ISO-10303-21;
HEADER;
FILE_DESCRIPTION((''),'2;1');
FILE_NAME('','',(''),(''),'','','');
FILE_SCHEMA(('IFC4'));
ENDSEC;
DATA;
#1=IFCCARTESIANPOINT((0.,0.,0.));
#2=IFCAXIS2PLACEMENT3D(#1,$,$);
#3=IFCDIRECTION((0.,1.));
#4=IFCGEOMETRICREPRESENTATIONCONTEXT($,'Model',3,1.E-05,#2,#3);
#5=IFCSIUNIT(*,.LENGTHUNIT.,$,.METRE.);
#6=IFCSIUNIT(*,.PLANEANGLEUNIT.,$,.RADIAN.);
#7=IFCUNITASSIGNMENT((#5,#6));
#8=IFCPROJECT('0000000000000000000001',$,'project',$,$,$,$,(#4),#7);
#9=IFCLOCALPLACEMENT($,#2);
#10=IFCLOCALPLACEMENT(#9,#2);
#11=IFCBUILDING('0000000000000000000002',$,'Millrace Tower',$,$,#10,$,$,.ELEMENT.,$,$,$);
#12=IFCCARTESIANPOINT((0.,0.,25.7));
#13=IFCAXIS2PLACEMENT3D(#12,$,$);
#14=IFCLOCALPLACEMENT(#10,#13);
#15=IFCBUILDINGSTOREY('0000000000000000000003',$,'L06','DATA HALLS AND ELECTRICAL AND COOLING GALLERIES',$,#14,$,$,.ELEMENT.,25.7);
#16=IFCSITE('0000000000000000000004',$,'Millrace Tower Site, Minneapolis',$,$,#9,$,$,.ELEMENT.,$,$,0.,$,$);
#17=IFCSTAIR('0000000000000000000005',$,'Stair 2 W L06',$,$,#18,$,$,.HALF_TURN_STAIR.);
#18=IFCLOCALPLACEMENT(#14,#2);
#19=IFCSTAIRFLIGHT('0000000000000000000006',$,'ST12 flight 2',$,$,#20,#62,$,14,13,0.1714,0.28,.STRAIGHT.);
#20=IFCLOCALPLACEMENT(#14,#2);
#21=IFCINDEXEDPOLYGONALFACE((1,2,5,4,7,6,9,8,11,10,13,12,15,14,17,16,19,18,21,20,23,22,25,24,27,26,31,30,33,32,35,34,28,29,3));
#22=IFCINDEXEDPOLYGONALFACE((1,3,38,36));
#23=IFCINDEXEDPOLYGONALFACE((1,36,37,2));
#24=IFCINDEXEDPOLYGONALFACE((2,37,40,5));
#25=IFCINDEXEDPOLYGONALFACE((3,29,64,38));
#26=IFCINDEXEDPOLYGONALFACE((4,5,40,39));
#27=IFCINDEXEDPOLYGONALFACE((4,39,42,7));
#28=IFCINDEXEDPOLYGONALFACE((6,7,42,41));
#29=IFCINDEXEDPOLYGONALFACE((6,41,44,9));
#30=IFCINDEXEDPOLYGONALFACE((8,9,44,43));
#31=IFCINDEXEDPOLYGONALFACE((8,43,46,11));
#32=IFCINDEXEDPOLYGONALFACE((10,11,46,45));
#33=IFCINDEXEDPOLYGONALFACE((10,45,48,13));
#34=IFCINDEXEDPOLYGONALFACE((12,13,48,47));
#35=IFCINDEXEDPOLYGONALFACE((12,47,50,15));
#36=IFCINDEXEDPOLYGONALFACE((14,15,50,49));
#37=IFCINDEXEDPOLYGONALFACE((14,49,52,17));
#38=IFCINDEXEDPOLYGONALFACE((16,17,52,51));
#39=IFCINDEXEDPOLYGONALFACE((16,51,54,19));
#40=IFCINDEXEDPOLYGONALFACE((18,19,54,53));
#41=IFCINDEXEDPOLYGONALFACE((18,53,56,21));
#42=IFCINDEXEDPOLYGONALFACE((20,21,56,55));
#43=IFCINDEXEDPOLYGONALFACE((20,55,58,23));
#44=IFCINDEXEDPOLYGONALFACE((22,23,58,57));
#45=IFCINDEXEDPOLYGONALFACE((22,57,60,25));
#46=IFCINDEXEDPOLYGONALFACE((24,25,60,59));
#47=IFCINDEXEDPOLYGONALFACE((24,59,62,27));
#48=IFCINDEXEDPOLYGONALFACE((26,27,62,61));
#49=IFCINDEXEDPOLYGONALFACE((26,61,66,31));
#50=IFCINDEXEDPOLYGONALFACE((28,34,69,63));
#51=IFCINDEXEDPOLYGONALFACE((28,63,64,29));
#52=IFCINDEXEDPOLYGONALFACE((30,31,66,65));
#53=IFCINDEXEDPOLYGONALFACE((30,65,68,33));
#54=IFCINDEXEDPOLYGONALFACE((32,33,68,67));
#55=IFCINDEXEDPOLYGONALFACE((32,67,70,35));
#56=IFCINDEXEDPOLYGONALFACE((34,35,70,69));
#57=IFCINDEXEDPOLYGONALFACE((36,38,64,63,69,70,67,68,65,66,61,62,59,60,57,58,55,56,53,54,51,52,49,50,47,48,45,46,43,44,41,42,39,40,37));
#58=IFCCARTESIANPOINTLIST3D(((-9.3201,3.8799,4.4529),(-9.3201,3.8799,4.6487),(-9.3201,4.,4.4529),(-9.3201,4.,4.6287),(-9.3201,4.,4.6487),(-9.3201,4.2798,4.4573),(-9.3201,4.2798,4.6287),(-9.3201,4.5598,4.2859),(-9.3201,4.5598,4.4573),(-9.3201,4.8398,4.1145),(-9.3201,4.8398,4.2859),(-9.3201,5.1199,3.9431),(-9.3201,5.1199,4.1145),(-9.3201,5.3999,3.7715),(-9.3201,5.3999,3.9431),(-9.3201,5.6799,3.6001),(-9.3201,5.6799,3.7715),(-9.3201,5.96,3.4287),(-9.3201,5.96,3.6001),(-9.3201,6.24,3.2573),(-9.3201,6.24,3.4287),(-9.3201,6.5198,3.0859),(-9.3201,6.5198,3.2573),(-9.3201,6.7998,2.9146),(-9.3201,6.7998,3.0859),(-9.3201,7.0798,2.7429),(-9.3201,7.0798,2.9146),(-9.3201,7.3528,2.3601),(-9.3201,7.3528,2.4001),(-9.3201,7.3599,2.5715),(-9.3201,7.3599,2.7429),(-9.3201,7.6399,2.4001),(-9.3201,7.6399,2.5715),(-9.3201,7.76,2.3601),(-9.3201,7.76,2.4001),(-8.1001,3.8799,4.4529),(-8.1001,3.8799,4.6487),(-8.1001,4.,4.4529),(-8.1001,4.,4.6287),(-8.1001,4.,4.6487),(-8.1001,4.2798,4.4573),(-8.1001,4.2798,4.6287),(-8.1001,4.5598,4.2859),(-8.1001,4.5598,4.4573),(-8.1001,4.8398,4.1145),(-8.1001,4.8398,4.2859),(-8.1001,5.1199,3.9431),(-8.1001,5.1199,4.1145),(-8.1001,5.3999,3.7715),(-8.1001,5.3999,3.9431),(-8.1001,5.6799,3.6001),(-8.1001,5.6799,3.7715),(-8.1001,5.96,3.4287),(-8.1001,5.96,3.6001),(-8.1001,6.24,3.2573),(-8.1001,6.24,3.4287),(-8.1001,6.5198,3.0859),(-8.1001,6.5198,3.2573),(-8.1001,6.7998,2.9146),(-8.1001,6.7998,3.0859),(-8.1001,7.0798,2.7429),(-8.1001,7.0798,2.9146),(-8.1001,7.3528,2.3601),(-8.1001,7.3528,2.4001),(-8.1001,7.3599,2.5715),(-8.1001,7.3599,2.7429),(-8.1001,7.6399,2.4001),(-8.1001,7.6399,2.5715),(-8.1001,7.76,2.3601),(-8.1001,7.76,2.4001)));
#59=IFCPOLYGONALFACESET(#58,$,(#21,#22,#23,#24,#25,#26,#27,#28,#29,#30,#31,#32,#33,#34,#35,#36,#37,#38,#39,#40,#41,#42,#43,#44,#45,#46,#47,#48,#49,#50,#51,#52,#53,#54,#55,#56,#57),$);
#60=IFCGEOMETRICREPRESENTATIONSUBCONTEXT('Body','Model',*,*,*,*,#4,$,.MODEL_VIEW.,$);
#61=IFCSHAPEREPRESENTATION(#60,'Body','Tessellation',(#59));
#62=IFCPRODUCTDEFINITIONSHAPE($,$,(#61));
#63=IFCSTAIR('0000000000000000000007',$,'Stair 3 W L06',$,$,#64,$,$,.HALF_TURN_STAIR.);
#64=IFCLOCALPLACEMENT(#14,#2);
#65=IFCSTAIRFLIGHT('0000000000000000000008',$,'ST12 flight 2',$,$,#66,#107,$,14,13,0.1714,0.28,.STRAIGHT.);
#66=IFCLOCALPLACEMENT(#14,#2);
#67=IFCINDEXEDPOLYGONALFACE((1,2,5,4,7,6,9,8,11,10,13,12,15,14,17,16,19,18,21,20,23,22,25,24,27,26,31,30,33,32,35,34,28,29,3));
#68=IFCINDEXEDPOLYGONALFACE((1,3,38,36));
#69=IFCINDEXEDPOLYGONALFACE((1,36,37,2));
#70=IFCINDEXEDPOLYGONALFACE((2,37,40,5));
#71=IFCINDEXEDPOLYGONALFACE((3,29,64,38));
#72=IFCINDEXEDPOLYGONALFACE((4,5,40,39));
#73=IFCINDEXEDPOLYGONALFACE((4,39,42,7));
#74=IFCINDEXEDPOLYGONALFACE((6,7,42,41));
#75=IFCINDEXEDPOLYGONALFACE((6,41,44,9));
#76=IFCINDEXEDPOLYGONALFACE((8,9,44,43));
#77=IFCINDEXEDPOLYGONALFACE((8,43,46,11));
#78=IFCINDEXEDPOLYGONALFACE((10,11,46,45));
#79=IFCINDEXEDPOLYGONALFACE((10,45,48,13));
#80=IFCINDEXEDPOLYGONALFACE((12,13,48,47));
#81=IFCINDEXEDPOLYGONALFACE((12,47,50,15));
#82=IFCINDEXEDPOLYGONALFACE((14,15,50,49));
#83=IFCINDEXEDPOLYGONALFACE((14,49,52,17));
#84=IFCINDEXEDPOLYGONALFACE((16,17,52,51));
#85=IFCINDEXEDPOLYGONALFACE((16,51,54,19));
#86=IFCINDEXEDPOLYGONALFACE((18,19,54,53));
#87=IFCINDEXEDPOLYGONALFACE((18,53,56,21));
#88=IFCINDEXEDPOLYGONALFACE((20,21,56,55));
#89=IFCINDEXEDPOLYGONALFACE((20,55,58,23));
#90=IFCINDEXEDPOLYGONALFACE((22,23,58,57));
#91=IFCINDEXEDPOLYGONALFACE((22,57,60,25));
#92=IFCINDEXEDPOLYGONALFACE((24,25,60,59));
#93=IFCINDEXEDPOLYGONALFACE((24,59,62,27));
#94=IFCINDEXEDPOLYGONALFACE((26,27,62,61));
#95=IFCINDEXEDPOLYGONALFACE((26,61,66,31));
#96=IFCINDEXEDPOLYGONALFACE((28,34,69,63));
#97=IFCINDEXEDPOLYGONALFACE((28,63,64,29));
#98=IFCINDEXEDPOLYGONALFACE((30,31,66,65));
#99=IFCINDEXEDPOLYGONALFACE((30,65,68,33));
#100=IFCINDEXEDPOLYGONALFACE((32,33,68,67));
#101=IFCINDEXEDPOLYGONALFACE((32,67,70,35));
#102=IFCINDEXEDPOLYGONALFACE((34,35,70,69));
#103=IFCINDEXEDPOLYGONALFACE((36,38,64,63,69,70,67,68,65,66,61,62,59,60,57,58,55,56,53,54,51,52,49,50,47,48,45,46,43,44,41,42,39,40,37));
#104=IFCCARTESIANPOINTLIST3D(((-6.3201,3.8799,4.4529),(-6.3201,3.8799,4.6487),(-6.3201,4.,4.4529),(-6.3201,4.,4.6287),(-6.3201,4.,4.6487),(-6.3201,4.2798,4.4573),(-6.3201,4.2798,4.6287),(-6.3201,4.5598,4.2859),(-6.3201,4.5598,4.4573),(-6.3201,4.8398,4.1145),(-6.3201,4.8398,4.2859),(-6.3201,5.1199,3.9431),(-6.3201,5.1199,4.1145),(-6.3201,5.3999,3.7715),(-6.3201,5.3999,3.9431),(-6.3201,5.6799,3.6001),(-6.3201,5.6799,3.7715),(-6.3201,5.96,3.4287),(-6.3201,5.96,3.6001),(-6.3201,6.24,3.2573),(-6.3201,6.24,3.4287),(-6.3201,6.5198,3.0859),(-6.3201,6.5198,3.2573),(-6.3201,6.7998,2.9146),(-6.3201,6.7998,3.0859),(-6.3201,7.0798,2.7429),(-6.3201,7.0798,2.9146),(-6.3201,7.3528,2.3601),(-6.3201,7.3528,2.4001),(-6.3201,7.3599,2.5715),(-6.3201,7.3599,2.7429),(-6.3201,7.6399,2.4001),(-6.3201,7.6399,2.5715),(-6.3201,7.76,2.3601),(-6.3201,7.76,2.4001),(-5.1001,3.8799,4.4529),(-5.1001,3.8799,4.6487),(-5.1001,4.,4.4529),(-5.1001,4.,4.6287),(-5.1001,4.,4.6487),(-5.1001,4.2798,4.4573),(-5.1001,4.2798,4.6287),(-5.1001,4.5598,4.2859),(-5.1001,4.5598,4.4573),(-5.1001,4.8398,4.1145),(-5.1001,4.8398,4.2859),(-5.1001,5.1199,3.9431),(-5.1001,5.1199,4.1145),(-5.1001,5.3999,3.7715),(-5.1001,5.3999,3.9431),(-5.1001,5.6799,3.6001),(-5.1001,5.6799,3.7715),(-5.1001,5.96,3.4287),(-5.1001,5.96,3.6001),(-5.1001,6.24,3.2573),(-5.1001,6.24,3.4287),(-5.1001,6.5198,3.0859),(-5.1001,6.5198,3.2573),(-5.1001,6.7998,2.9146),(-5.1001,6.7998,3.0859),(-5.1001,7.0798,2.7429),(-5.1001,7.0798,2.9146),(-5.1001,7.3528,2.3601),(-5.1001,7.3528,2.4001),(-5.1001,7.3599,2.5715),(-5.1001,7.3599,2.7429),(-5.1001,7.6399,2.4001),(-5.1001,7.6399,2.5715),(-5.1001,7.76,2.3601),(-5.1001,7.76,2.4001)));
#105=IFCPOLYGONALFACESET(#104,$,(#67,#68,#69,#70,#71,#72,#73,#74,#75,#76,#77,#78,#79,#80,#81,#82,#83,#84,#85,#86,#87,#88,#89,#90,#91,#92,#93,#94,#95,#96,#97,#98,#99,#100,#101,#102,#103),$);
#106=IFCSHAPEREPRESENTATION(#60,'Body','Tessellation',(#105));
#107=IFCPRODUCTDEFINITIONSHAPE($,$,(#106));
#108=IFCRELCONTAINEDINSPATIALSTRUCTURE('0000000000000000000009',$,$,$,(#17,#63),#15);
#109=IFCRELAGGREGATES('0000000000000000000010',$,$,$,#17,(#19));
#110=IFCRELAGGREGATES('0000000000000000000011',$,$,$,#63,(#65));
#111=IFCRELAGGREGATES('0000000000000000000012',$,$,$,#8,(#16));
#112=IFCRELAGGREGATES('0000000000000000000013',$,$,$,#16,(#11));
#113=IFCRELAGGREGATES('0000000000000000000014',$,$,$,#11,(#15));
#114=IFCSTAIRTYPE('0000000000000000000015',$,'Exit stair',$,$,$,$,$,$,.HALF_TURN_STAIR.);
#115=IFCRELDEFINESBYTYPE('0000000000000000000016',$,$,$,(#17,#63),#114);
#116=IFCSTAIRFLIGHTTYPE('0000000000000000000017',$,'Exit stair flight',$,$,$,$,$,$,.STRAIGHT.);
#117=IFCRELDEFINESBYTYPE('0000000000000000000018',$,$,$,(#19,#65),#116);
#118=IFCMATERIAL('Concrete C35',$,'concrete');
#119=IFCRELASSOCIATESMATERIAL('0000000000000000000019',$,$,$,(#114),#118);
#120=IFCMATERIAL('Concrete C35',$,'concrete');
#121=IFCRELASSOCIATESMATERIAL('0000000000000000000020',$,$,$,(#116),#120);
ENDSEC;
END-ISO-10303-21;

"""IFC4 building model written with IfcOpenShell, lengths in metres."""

from ifc_helpers import new_model, si_unit, direction, frame, origin, place, context, subcontext, project, spatial, polyline, outline, extrude, material, type_object, element, aggregate, save


model = new_model("IFC4")

# Units and contexts
model_context = context("Model", 3, precision=1e-05, world=origin(), true_north=direction((0.0, 1.0)))
body_context = subcontext(model_context, "Body", "Model", "MODEL_VIEW")
ifc_project = project(units=[si_unit("LENGTHUNIT", "METRE"), si_unit("PLANEANGLEUNIT", "RADIAN")], contexts=[model_context])

# Site, building, storey
site_placement = place(None, origin())
site = spatial("IfcSite", under=ifc_project, at=site_placement, Name="Millrace Tower Site, Minneapolis", CompositionType="ELEMENT", RefElevation=0.0)
building_placement = place(site_placement, origin())
building = spatial("IfcBuilding", under=site, at=building_placement, Name="Millrace Tower", CompositionType="ELEMENT")
storey_placement = place(building_placement, frame((0.0, 0.0, 25.7)))
storey = spatial("IfcBuildingStorey", under=building, at=storey_placement, Name="L06", Description="DATA HALLS AND ELECTRICAL AND COOLING GALLERIES", CompositionType="ELEMENT", Elevation=25.7)

# Shared definitions
placement = place(storey_placement, origin())

# Stairs, stair flights
ifc_material_1 = material(Name="Concrete C35", Category="concrete")
stair_type = type_object("IfcStairType", Name="Exit stair", PredefinedType="HALF_TURN_STAIR", material=ifc_material_1)
ifc_material_2 = material(Name="Concrete C35", Category="concrete")
stair_flight_type = type_object("IfcStairFlightType", Name="Exit stair flight", PredefinedType="STRAIGHT", material=ifc_material_2)
stair_1 = element("IfcStair", 1, at=placement, inside=storey, type_object=stair_type, Name="Stair 2 W L06", PredefinedType="HALF_TURN_STAIR")
stair_flight_1_placement = place(storey_placement, frame((-8.71, 7.6399, 2.4001), z_axis=(0.0, 0.0, 1.0), x_axis=(0.0, -1.0, 0.0)))
stair_flight_1 = element("IfcStairFlight", 2, at=stair_flight_1_placement, type_object=stair_flight_type, Name="ST12 flight 2", NumberOfRisers=14, NumberOfTreads=13, PredefinedType="STRAIGHT", RiserHeight=0.1714, TreadLength=0.28, context=body_context, shape_type="SweptSolid", body=[
    extrude(outline(polyline([(-0.1201, -0.04), (-0.1201, 0.0), (0.0, 0.0), (0.0, 0.1714), (0.28, 0.1714), (0.28, 0.3428), (0.5601, 0.3428), (0.5601, 0.5144), (0.8401, 0.5144), (0.8401, 0.6858), (1.1201, 0.6858), (1.1201, 0.8572), (1.3999, 0.8572), (1.3999, 1.0286), (1.6799, 1.0286), (1.6799, 1.2), (1.96, 1.2), (1.96, 1.3713), (2.24, 1.3713), (2.24, 1.543), (2.52, 1.543), (2.52, 1.7144), (2.8, 1.7144), (2.8, 1.8857), (3.0801, 1.8857), (3.0801, 2.0571), (3.3601, 2.0571), (3.3601, 2.2285), (3.6399, 2.2285), (3.6399, 2.2485), (3.76, 2.2485), (3.76, 2.0527), (3.6399, 2.0527), (0.2871, 0.0), (0.2871, -0.04), (-0.1201, -0.04)])), frame((0.0, 0.6099, 0.0), z_axis=(0.0, -1.0, 0.0), x_axis=(1.0, 0.0, 0.0)), (0.0, 0.0, 1.0), 1.22),
])
aggregate(stair_1, [stair_flight_1])
stair_2 = element("IfcStair", 3, at=placement, inside=storey, type_object=stair_type, Name="Stair 3 W L06", PredefinedType="HALF_TURN_STAIR")
stair_flight_2_placement = place(storey_placement, frame((-5.71, 7.6399, 2.4001), z_axis=(0.0, 0.0, 1.0), x_axis=(0.0, -1.0, 0.0)))
stair_flight_2 = element("IfcStairFlight", 4, at=stair_flight_2_placement, type_object=stair_flight_type, Name="ST12 flight 2", NumberOfRisers=14, NumberOfTreads=13, PredefinedType="STRAIGHT", RiserHeight=0.1714, TreadLength=0.28, context=body_context, shape_type="SweptSolid", body=[
    extrude(outline(polyline([(-0.1201, -0.04), (-0.1201, 0.0), (0.0, 0.0), (0.0, 0.1714), (0.28, 0.1714), (0.28, 0.3428), (0.5601, 0.3428), (0.5601, 0.5144), (0.8401, 0.5144), (0.8401, 0.6858), (1.1201, 0.6858), (1.1201, 0.8572), (1.3999, 0.8572), (1.3999, 1.0286), (1.6799, 1.0286), (1.6799, 1.2), (1.96, 1.2), (1.96, 1.3713), (2.24, 1.3713), (2.24, 1.543), (2.52, 1.543), (2.52, 1.7144), (2.8, 1.7144), (2.8, 1.8857), (3.0801, 1.8857), (3.0801, 2.0571), (3.3601, 2.0571), (3.3601, 2.2285), (3.6399, 2.2285), (3.6399, 2.2485), (3.76, 2.2485), (3.76, 2.0527), (3.6399, 2.0527), (0.2871, 0.0), (0.2871, -0.04), (-0.1201, -0.04)])), frame((0.0, 0.6099, 0.0), z_axis=(0.0, -1.0, 0.0), x_axis=(1.0, 0.0, 0.0)), (0.0, 0.0, 1.0), 1.22),
])
aggregate(stair_2, [stair_flight_2])

save(model, "model.ifc")
